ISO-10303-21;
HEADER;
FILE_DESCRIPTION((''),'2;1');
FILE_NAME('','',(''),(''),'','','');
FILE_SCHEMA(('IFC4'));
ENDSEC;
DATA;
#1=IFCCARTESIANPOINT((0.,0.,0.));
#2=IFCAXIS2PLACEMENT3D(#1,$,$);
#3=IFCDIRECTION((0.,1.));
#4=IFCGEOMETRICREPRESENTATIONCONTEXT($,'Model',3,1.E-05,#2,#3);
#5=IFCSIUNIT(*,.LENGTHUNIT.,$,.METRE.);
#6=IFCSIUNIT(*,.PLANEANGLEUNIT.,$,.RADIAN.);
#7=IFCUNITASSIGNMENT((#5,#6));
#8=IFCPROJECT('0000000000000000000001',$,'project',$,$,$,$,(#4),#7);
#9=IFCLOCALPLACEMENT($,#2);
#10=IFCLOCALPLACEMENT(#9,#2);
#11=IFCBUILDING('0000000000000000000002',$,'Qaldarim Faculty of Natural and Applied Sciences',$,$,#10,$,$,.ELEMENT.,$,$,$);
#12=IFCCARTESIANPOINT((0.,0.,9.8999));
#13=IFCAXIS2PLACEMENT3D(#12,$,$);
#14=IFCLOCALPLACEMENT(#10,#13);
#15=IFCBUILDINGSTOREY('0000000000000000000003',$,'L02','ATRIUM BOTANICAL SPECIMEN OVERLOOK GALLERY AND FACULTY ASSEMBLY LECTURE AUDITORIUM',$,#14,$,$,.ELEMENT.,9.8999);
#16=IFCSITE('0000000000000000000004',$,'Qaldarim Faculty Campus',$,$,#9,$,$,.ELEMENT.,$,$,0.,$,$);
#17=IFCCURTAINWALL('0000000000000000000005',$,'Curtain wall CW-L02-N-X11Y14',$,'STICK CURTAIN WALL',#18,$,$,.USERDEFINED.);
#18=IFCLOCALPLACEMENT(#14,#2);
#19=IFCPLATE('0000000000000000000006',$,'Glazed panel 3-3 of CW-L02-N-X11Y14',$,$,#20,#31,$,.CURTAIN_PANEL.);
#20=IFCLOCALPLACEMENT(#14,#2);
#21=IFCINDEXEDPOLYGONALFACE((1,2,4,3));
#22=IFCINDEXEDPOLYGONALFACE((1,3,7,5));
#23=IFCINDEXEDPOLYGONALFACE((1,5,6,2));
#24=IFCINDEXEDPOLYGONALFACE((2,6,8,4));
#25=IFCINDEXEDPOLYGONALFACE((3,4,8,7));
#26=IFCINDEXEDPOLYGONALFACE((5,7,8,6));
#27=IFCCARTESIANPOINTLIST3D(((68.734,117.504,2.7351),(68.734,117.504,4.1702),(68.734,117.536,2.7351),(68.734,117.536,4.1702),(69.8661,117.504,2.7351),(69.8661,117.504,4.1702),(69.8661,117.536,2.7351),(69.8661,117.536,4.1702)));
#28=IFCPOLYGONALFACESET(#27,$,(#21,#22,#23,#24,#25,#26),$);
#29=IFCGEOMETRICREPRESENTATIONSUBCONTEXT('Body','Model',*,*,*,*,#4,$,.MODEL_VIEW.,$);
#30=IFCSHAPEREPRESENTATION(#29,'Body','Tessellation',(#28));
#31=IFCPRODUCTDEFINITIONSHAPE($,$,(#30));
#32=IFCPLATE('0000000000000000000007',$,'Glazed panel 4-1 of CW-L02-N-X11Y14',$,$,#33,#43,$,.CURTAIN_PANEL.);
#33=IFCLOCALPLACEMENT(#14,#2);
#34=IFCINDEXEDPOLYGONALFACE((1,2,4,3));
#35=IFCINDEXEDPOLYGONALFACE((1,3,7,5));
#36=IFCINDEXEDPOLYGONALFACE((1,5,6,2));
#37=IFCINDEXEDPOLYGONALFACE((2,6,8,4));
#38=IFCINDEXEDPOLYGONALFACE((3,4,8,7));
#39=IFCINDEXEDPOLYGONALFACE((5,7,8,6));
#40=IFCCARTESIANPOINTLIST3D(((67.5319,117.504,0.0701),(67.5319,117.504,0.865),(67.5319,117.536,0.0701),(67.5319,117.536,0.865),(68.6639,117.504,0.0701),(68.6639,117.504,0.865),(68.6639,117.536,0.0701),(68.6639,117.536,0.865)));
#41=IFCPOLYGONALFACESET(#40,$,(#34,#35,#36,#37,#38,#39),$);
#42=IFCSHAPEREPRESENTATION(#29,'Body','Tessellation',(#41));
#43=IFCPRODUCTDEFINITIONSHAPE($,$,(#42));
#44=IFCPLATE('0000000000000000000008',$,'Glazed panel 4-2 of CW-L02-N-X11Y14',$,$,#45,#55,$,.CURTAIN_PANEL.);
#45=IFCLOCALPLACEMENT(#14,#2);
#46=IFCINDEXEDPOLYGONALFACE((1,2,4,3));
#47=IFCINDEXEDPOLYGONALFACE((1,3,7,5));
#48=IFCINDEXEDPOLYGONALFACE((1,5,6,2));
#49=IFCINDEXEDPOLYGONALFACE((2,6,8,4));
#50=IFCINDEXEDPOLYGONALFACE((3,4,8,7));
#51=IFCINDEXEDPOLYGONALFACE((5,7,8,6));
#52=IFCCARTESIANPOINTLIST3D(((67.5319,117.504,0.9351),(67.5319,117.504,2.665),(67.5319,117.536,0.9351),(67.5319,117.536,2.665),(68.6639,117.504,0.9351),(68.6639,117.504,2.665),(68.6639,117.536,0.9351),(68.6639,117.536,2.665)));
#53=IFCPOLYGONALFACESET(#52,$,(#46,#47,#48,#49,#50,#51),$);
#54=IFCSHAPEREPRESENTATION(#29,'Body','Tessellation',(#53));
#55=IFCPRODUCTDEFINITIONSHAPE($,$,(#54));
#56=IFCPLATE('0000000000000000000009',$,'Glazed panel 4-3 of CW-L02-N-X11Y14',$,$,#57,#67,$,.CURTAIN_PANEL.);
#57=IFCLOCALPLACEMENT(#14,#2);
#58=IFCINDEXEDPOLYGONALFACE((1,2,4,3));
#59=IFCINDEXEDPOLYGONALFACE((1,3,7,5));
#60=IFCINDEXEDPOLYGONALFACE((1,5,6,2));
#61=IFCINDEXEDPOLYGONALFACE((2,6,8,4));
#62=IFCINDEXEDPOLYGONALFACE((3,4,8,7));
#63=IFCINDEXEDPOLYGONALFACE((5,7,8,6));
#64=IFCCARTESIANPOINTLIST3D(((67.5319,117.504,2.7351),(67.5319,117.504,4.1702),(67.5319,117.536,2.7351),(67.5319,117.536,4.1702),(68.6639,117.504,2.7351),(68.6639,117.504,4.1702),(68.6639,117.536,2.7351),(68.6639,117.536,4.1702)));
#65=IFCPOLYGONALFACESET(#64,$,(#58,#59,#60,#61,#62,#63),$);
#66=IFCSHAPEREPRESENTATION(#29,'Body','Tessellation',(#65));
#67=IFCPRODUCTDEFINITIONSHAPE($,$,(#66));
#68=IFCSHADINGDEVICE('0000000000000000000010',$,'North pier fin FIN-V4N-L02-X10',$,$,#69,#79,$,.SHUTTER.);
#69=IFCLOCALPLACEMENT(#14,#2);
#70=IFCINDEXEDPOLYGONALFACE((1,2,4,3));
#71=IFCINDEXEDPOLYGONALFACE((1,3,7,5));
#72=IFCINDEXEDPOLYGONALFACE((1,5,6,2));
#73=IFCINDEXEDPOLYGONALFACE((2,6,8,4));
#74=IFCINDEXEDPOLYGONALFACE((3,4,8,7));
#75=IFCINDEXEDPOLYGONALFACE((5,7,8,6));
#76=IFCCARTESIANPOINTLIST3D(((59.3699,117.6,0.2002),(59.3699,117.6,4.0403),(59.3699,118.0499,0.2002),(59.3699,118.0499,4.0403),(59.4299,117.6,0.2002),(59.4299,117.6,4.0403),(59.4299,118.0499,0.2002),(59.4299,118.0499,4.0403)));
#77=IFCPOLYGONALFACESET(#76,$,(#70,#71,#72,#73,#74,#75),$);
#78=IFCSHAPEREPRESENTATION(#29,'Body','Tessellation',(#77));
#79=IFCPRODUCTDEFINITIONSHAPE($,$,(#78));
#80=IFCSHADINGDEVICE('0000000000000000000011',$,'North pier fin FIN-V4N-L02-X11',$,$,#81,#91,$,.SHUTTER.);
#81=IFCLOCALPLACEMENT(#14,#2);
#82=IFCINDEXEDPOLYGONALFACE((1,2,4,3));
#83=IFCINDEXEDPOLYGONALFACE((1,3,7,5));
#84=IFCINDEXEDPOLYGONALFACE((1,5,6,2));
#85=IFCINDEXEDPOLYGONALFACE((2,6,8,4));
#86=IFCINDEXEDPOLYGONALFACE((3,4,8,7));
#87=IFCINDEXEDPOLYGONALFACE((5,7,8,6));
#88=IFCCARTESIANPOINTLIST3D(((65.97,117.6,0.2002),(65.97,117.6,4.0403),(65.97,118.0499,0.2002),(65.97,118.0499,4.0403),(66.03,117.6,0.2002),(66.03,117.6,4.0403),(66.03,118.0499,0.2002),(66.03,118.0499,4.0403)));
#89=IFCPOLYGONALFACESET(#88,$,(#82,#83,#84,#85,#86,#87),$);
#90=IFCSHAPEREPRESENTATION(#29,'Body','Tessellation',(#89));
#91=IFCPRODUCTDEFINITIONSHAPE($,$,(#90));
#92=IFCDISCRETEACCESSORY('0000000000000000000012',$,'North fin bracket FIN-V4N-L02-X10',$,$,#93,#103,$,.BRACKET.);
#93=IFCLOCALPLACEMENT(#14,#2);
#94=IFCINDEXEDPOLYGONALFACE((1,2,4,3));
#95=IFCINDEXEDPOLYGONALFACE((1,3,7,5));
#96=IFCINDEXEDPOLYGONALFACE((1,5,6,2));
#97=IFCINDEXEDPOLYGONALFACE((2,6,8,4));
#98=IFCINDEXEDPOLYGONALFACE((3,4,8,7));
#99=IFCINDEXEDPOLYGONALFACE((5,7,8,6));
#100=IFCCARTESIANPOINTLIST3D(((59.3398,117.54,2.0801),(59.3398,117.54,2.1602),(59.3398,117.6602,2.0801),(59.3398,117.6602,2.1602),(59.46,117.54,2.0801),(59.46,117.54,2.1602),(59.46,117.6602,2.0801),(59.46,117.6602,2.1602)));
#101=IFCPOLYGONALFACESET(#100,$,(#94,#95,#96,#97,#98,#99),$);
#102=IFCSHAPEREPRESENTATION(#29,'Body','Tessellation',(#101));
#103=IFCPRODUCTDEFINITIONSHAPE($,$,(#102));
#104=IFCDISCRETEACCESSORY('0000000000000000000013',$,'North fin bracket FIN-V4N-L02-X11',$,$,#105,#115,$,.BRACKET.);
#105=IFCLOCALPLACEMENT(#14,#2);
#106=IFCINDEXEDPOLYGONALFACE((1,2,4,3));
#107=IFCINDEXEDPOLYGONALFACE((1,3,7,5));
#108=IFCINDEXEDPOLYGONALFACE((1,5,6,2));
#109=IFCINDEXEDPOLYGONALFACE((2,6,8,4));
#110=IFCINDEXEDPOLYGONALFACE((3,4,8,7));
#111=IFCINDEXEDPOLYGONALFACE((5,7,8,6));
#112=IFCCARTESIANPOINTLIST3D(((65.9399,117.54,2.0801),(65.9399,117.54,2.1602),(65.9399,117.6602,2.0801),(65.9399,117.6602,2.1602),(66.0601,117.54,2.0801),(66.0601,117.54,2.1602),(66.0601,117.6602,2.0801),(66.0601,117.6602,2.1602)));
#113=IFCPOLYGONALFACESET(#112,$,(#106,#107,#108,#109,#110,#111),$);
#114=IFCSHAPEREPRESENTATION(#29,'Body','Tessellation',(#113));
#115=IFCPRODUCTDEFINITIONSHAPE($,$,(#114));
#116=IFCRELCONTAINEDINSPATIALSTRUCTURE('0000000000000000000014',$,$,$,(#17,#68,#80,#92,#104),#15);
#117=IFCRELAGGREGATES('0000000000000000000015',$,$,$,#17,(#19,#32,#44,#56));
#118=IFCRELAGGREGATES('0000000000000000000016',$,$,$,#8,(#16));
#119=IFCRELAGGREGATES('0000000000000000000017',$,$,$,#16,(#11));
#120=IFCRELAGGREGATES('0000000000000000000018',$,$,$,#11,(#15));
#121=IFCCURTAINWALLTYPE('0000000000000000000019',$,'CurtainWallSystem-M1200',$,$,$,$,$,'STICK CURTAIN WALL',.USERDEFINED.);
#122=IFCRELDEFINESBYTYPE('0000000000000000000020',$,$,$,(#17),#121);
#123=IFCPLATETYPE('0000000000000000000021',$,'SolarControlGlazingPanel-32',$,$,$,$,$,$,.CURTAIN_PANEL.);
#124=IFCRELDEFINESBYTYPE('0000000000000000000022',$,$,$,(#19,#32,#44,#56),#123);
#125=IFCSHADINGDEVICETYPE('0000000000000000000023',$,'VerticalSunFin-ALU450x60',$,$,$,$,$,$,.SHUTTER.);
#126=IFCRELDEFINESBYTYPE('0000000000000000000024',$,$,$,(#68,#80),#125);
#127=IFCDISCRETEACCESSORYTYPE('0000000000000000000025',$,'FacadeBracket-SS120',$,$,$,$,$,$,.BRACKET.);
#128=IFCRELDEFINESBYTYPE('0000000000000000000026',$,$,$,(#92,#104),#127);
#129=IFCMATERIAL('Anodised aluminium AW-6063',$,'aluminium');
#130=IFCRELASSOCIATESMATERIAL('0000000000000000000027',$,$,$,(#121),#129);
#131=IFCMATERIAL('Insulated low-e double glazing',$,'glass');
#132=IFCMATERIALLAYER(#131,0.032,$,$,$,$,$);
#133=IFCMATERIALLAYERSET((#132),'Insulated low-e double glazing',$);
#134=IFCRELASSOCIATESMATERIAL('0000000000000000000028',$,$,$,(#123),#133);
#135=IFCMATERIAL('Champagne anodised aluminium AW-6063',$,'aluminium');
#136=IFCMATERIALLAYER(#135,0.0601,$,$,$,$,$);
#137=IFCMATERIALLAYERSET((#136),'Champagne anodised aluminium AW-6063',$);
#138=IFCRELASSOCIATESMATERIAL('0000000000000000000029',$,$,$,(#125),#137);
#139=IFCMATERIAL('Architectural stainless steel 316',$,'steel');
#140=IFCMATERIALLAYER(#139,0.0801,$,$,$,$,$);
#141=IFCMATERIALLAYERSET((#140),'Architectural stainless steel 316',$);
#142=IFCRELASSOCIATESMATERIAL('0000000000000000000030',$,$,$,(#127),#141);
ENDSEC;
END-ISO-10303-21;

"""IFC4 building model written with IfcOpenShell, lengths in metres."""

from ifc_helpers import new_model, si_unit, direction, frame, origin, origin_2d, place, context, subcontext, project, spatial, rectangle, extrude, material, layer, layer_set, type_object, element, aggregate, save


model = new_model("IFC4")

# Units and contexts
model_context = context("Model", 3, precision=1e-05, world=origin(), true_north=direction((0.0, 1.0)))
body_context = subcontext(model_context, "Body", "Model", "MODEL_VIEW")
ifc_project = project(units=[si_unit("LENGTHUNIT", "METRE"), si_unit("PLANEANGLEUNIT", "RADIAN")], contexts=[model_context])

# Site, building, storey
site_placement = place(None, origin())
site = spatial("IfcSite", under=ifc_project, at=site_placement, Name="Qaldarim Faculty Campus", CompositionType="ELEMENT", RefElevation=0.0)
building_placement = place(site_placement, origin())
building = spatial("IfcBuilding", under=site, at=building_placement, Name="Qaldarim Faculty of Natural and Applied Sciences", CompositionType="ELEMENT")
storey_placement = place(building_placement, frame((0.0, 0.0, 9.8999)))
storey = spatial("IfcBuildingStorey", under=building, at=storey_placement, Name="L02", Description="ATRIUM BOTANICAL SPECIMEN OVERLOOK GALLERY AND FACULTY ASSEMBLY LECTURE AUDITORIUM", CompositionType="ELEMENT", Elevation=9.8999)

# Curtain wall
ifc_material_1 = material(Name="Anodised aluminium AW-6063", Category="aluminium")
curtain_wall_type = type_object("IfcCurtainWallType", Name="CurtainWallSystem-M1200", ElementType="STICK CURTAIN WALL", PredefinedType="USERDEFINED", material=ifc_material_1)
curtain_wall_placement = place(storey_placement, origin())
curtain_wall = element("IfcCurtainWall", 1, at=curtain_wall_placement, inside=storey, type_object=curtain_wall_type, Name="Curtain wall CW-L02-N-X11Y14", ObjectType="STICK CURTAIN WALL", PredefinedType="USERDEFINED")

# Plates
ifc_material_2 = material(Name="Insulated low-e double glazing", Category="glass")
ifc_layer_1 = layer(ifc_material_2, 0.032)
ifc_layer_set_1 = layer_set([ifc_layer_1], Name="Insulated low-e double glazing")
plate_type = type_object("IfcPlateType", Name="SolarControlGlazingPanel-32", PredefinedType="CURTAIN_PANEL", material=ifc_layer_set_1)
plate_1_placement = place(storey_placement, frame((69.3, 117.52, 2.7351), z_axis=(0.0, 0.0, 1.0), x_axis=(-1.0, 0.0, 0.0)))
plate_1 = element("IfcPlate", 2, at=plate_1_placement, type_object=plate_type, Name="Glazed panel 3-3 of CW-L02-N-X11Y14", PredefinedType="CURTAIN_PANEL", context=body_context, shape_type="SweptSolid", body=[
    extrude(rectangle(XDim=1.1321, YDim=0.032, at=origin_2d()), origin(), (0.0, 0.0, 1.0), 1.4351),
])
plate_2_placement = place(storey_placement, frame((68.0979, 117.52, 0.0701), z_axis=(0.0, 0.0, 1.0), x_axis=(-1.0, 0.0, 0.0)))
plate_2 = element("IfcPlate", 3, at=plate_2_placement, type_object=plate_type, Name="Glazed panel 4-1 of CW-L02-N-X11Y14", PredefinedType="CURTAIN_PANEL", context=body_context, shape_type="SweptSolid", body=[
    extrude(rectangle(XDim=1.1321, YDim=0.032, at=origin_2d()), origin(), (0.0, 0.0, 1.0), 0.7949),
])
plate_3_placement = place(storey_placement, frame((68.0979, 117.52, 0.9351), z_axis=(0.0, 0.0, 1.0), x_axis=(-1.0, 0.0, 0.0)))
plate_3 = element("IfcPlate", 4, at=plate_3_placement, type_object=plate_type, Name="Glazed panel 4-2 of CW-L02-N-X11Y14", PredefinedType="CURTAIN_PANEL", context=body_context, shape_type="SweptSolid", body=[
    extrude(rectangle(XDim=1.1321, YDim=0.032, at=origin_2d()), origin(), (0.0, 0.0, 1.0), 1.73),
])
plate_4_placement = place(storey_placement, frame((68.0979, 117.52, 2.7351), z_axis=(0.0, 0.0, 1.0), x_axis=(-1.0, 0.0, 0.0)))
plate_4 = element("IfcPlate", 5, at=plate_4_placement, type_object=plate_type, Name="Glazed panel 4-3 of CW-L02-N-X11Y14", PredefinedType="CURTAIN_PANEL", context=body_context, shape_type="SweptSolid", body=[
    extrude(rectangle(XDim=1.1321, YDim=0.032, at=origin_2d()), origin(), (0.0, 0.0, 1.0), 1.4351),
])
aggregate(curtain_wall, [plate_1, plate_2, plate_3, plate_4])

# Shading devices
ifc_material_3 = material(Name="Champagne anodised aluminium AW-6063", Category="aluminium")
ifc_layer_2 = layer(ifc_material_3, 0.0601)
ifc_layer_set_2 = layer_set([ifc_layer_2], Name="Champagne anodised aluminium AW-6063")
shading_device_type = type_object("IfcShadingDeviceType", Name="VerticalSunFin-ALU450x60", PredefinedType="SHUTTER", material=ifc_layer_set_2)
for number, where, z_axis, x_axis, name in (
    (6, (59.3999, 117.825, 0.2002), (0.0, 0.0, 1.0), (1.0, 0.0, 0.0), "North pier fin FIN-V4N-L02-X10"),
    (7, (66.0, 117.825, 0.2002), (0.0, 0.0, 1.0), (1.0, 0.0, 0.0), "North pier fin FIN-V4N-L02-X11"),
):
    element("IfcShadingDevice", number, at=place(storey_placement, frame(where, z_axis=z_axis, x_axis=x_axis)), inside=storey, type_object=shading_device_type, Name=name, PredefinedType="SHUTTER", context=body_context, shape_type="SweptSolid", body=[
        extrude(rectangle(XDim=0.0601, YDim=0.45, at=origin_2d()), origin(), (0.0, 0.0, 1.0), 3.8401),
    ])

# Discrete accessories
ifc_material_4 = material(Name="Architectural stainless steel 316", Category="steel")
ifc_layer_3 = layer(ifc_material_4, 0.0801)
ifc_layer_set_3 = layer_set([ifc_layer_3], Name="Architectural stainless steel 316")
discrete_accessory_type = type_object("IfcDiscreteAccessoryType", Name="FacadeBracket-SS120", PredefinedType="BRACKET", material=ifc_layer_set_3)
for number, where, z_axis, x_axis, name in (
    (8, (59.3999, 117.6001, 2.0801), (0.0, 0.0, 1.0), (1.0, 0.0, 0.0), "North fin bracket FIN-V4N-L02-X10"),
    (9, (66.0, 117.6001, 2.0801), (0.0, 0.0, 1.0), (1.0, 0.0, 0.0), "North fin bracket FIN-V4N-L02-X11"),
):
    element("IfcDiscreteAccessory", number, at=place(storey_placement, frame(where, z_axis=z_axis, x_axis=x_axis)), inside=storey, type_object=discrete_accessory_type, Name=name, PredefinedType="BRACKET", context=body_context, shape_type="SweptSolid", body=[
        extrude(rectangle(XDim=0.1201, YDim=0.1201, at=origin_2d()), origin(), (0.0, 0.0, 1.0), 0.0801),
    ])

save(model, "model.ifc")
